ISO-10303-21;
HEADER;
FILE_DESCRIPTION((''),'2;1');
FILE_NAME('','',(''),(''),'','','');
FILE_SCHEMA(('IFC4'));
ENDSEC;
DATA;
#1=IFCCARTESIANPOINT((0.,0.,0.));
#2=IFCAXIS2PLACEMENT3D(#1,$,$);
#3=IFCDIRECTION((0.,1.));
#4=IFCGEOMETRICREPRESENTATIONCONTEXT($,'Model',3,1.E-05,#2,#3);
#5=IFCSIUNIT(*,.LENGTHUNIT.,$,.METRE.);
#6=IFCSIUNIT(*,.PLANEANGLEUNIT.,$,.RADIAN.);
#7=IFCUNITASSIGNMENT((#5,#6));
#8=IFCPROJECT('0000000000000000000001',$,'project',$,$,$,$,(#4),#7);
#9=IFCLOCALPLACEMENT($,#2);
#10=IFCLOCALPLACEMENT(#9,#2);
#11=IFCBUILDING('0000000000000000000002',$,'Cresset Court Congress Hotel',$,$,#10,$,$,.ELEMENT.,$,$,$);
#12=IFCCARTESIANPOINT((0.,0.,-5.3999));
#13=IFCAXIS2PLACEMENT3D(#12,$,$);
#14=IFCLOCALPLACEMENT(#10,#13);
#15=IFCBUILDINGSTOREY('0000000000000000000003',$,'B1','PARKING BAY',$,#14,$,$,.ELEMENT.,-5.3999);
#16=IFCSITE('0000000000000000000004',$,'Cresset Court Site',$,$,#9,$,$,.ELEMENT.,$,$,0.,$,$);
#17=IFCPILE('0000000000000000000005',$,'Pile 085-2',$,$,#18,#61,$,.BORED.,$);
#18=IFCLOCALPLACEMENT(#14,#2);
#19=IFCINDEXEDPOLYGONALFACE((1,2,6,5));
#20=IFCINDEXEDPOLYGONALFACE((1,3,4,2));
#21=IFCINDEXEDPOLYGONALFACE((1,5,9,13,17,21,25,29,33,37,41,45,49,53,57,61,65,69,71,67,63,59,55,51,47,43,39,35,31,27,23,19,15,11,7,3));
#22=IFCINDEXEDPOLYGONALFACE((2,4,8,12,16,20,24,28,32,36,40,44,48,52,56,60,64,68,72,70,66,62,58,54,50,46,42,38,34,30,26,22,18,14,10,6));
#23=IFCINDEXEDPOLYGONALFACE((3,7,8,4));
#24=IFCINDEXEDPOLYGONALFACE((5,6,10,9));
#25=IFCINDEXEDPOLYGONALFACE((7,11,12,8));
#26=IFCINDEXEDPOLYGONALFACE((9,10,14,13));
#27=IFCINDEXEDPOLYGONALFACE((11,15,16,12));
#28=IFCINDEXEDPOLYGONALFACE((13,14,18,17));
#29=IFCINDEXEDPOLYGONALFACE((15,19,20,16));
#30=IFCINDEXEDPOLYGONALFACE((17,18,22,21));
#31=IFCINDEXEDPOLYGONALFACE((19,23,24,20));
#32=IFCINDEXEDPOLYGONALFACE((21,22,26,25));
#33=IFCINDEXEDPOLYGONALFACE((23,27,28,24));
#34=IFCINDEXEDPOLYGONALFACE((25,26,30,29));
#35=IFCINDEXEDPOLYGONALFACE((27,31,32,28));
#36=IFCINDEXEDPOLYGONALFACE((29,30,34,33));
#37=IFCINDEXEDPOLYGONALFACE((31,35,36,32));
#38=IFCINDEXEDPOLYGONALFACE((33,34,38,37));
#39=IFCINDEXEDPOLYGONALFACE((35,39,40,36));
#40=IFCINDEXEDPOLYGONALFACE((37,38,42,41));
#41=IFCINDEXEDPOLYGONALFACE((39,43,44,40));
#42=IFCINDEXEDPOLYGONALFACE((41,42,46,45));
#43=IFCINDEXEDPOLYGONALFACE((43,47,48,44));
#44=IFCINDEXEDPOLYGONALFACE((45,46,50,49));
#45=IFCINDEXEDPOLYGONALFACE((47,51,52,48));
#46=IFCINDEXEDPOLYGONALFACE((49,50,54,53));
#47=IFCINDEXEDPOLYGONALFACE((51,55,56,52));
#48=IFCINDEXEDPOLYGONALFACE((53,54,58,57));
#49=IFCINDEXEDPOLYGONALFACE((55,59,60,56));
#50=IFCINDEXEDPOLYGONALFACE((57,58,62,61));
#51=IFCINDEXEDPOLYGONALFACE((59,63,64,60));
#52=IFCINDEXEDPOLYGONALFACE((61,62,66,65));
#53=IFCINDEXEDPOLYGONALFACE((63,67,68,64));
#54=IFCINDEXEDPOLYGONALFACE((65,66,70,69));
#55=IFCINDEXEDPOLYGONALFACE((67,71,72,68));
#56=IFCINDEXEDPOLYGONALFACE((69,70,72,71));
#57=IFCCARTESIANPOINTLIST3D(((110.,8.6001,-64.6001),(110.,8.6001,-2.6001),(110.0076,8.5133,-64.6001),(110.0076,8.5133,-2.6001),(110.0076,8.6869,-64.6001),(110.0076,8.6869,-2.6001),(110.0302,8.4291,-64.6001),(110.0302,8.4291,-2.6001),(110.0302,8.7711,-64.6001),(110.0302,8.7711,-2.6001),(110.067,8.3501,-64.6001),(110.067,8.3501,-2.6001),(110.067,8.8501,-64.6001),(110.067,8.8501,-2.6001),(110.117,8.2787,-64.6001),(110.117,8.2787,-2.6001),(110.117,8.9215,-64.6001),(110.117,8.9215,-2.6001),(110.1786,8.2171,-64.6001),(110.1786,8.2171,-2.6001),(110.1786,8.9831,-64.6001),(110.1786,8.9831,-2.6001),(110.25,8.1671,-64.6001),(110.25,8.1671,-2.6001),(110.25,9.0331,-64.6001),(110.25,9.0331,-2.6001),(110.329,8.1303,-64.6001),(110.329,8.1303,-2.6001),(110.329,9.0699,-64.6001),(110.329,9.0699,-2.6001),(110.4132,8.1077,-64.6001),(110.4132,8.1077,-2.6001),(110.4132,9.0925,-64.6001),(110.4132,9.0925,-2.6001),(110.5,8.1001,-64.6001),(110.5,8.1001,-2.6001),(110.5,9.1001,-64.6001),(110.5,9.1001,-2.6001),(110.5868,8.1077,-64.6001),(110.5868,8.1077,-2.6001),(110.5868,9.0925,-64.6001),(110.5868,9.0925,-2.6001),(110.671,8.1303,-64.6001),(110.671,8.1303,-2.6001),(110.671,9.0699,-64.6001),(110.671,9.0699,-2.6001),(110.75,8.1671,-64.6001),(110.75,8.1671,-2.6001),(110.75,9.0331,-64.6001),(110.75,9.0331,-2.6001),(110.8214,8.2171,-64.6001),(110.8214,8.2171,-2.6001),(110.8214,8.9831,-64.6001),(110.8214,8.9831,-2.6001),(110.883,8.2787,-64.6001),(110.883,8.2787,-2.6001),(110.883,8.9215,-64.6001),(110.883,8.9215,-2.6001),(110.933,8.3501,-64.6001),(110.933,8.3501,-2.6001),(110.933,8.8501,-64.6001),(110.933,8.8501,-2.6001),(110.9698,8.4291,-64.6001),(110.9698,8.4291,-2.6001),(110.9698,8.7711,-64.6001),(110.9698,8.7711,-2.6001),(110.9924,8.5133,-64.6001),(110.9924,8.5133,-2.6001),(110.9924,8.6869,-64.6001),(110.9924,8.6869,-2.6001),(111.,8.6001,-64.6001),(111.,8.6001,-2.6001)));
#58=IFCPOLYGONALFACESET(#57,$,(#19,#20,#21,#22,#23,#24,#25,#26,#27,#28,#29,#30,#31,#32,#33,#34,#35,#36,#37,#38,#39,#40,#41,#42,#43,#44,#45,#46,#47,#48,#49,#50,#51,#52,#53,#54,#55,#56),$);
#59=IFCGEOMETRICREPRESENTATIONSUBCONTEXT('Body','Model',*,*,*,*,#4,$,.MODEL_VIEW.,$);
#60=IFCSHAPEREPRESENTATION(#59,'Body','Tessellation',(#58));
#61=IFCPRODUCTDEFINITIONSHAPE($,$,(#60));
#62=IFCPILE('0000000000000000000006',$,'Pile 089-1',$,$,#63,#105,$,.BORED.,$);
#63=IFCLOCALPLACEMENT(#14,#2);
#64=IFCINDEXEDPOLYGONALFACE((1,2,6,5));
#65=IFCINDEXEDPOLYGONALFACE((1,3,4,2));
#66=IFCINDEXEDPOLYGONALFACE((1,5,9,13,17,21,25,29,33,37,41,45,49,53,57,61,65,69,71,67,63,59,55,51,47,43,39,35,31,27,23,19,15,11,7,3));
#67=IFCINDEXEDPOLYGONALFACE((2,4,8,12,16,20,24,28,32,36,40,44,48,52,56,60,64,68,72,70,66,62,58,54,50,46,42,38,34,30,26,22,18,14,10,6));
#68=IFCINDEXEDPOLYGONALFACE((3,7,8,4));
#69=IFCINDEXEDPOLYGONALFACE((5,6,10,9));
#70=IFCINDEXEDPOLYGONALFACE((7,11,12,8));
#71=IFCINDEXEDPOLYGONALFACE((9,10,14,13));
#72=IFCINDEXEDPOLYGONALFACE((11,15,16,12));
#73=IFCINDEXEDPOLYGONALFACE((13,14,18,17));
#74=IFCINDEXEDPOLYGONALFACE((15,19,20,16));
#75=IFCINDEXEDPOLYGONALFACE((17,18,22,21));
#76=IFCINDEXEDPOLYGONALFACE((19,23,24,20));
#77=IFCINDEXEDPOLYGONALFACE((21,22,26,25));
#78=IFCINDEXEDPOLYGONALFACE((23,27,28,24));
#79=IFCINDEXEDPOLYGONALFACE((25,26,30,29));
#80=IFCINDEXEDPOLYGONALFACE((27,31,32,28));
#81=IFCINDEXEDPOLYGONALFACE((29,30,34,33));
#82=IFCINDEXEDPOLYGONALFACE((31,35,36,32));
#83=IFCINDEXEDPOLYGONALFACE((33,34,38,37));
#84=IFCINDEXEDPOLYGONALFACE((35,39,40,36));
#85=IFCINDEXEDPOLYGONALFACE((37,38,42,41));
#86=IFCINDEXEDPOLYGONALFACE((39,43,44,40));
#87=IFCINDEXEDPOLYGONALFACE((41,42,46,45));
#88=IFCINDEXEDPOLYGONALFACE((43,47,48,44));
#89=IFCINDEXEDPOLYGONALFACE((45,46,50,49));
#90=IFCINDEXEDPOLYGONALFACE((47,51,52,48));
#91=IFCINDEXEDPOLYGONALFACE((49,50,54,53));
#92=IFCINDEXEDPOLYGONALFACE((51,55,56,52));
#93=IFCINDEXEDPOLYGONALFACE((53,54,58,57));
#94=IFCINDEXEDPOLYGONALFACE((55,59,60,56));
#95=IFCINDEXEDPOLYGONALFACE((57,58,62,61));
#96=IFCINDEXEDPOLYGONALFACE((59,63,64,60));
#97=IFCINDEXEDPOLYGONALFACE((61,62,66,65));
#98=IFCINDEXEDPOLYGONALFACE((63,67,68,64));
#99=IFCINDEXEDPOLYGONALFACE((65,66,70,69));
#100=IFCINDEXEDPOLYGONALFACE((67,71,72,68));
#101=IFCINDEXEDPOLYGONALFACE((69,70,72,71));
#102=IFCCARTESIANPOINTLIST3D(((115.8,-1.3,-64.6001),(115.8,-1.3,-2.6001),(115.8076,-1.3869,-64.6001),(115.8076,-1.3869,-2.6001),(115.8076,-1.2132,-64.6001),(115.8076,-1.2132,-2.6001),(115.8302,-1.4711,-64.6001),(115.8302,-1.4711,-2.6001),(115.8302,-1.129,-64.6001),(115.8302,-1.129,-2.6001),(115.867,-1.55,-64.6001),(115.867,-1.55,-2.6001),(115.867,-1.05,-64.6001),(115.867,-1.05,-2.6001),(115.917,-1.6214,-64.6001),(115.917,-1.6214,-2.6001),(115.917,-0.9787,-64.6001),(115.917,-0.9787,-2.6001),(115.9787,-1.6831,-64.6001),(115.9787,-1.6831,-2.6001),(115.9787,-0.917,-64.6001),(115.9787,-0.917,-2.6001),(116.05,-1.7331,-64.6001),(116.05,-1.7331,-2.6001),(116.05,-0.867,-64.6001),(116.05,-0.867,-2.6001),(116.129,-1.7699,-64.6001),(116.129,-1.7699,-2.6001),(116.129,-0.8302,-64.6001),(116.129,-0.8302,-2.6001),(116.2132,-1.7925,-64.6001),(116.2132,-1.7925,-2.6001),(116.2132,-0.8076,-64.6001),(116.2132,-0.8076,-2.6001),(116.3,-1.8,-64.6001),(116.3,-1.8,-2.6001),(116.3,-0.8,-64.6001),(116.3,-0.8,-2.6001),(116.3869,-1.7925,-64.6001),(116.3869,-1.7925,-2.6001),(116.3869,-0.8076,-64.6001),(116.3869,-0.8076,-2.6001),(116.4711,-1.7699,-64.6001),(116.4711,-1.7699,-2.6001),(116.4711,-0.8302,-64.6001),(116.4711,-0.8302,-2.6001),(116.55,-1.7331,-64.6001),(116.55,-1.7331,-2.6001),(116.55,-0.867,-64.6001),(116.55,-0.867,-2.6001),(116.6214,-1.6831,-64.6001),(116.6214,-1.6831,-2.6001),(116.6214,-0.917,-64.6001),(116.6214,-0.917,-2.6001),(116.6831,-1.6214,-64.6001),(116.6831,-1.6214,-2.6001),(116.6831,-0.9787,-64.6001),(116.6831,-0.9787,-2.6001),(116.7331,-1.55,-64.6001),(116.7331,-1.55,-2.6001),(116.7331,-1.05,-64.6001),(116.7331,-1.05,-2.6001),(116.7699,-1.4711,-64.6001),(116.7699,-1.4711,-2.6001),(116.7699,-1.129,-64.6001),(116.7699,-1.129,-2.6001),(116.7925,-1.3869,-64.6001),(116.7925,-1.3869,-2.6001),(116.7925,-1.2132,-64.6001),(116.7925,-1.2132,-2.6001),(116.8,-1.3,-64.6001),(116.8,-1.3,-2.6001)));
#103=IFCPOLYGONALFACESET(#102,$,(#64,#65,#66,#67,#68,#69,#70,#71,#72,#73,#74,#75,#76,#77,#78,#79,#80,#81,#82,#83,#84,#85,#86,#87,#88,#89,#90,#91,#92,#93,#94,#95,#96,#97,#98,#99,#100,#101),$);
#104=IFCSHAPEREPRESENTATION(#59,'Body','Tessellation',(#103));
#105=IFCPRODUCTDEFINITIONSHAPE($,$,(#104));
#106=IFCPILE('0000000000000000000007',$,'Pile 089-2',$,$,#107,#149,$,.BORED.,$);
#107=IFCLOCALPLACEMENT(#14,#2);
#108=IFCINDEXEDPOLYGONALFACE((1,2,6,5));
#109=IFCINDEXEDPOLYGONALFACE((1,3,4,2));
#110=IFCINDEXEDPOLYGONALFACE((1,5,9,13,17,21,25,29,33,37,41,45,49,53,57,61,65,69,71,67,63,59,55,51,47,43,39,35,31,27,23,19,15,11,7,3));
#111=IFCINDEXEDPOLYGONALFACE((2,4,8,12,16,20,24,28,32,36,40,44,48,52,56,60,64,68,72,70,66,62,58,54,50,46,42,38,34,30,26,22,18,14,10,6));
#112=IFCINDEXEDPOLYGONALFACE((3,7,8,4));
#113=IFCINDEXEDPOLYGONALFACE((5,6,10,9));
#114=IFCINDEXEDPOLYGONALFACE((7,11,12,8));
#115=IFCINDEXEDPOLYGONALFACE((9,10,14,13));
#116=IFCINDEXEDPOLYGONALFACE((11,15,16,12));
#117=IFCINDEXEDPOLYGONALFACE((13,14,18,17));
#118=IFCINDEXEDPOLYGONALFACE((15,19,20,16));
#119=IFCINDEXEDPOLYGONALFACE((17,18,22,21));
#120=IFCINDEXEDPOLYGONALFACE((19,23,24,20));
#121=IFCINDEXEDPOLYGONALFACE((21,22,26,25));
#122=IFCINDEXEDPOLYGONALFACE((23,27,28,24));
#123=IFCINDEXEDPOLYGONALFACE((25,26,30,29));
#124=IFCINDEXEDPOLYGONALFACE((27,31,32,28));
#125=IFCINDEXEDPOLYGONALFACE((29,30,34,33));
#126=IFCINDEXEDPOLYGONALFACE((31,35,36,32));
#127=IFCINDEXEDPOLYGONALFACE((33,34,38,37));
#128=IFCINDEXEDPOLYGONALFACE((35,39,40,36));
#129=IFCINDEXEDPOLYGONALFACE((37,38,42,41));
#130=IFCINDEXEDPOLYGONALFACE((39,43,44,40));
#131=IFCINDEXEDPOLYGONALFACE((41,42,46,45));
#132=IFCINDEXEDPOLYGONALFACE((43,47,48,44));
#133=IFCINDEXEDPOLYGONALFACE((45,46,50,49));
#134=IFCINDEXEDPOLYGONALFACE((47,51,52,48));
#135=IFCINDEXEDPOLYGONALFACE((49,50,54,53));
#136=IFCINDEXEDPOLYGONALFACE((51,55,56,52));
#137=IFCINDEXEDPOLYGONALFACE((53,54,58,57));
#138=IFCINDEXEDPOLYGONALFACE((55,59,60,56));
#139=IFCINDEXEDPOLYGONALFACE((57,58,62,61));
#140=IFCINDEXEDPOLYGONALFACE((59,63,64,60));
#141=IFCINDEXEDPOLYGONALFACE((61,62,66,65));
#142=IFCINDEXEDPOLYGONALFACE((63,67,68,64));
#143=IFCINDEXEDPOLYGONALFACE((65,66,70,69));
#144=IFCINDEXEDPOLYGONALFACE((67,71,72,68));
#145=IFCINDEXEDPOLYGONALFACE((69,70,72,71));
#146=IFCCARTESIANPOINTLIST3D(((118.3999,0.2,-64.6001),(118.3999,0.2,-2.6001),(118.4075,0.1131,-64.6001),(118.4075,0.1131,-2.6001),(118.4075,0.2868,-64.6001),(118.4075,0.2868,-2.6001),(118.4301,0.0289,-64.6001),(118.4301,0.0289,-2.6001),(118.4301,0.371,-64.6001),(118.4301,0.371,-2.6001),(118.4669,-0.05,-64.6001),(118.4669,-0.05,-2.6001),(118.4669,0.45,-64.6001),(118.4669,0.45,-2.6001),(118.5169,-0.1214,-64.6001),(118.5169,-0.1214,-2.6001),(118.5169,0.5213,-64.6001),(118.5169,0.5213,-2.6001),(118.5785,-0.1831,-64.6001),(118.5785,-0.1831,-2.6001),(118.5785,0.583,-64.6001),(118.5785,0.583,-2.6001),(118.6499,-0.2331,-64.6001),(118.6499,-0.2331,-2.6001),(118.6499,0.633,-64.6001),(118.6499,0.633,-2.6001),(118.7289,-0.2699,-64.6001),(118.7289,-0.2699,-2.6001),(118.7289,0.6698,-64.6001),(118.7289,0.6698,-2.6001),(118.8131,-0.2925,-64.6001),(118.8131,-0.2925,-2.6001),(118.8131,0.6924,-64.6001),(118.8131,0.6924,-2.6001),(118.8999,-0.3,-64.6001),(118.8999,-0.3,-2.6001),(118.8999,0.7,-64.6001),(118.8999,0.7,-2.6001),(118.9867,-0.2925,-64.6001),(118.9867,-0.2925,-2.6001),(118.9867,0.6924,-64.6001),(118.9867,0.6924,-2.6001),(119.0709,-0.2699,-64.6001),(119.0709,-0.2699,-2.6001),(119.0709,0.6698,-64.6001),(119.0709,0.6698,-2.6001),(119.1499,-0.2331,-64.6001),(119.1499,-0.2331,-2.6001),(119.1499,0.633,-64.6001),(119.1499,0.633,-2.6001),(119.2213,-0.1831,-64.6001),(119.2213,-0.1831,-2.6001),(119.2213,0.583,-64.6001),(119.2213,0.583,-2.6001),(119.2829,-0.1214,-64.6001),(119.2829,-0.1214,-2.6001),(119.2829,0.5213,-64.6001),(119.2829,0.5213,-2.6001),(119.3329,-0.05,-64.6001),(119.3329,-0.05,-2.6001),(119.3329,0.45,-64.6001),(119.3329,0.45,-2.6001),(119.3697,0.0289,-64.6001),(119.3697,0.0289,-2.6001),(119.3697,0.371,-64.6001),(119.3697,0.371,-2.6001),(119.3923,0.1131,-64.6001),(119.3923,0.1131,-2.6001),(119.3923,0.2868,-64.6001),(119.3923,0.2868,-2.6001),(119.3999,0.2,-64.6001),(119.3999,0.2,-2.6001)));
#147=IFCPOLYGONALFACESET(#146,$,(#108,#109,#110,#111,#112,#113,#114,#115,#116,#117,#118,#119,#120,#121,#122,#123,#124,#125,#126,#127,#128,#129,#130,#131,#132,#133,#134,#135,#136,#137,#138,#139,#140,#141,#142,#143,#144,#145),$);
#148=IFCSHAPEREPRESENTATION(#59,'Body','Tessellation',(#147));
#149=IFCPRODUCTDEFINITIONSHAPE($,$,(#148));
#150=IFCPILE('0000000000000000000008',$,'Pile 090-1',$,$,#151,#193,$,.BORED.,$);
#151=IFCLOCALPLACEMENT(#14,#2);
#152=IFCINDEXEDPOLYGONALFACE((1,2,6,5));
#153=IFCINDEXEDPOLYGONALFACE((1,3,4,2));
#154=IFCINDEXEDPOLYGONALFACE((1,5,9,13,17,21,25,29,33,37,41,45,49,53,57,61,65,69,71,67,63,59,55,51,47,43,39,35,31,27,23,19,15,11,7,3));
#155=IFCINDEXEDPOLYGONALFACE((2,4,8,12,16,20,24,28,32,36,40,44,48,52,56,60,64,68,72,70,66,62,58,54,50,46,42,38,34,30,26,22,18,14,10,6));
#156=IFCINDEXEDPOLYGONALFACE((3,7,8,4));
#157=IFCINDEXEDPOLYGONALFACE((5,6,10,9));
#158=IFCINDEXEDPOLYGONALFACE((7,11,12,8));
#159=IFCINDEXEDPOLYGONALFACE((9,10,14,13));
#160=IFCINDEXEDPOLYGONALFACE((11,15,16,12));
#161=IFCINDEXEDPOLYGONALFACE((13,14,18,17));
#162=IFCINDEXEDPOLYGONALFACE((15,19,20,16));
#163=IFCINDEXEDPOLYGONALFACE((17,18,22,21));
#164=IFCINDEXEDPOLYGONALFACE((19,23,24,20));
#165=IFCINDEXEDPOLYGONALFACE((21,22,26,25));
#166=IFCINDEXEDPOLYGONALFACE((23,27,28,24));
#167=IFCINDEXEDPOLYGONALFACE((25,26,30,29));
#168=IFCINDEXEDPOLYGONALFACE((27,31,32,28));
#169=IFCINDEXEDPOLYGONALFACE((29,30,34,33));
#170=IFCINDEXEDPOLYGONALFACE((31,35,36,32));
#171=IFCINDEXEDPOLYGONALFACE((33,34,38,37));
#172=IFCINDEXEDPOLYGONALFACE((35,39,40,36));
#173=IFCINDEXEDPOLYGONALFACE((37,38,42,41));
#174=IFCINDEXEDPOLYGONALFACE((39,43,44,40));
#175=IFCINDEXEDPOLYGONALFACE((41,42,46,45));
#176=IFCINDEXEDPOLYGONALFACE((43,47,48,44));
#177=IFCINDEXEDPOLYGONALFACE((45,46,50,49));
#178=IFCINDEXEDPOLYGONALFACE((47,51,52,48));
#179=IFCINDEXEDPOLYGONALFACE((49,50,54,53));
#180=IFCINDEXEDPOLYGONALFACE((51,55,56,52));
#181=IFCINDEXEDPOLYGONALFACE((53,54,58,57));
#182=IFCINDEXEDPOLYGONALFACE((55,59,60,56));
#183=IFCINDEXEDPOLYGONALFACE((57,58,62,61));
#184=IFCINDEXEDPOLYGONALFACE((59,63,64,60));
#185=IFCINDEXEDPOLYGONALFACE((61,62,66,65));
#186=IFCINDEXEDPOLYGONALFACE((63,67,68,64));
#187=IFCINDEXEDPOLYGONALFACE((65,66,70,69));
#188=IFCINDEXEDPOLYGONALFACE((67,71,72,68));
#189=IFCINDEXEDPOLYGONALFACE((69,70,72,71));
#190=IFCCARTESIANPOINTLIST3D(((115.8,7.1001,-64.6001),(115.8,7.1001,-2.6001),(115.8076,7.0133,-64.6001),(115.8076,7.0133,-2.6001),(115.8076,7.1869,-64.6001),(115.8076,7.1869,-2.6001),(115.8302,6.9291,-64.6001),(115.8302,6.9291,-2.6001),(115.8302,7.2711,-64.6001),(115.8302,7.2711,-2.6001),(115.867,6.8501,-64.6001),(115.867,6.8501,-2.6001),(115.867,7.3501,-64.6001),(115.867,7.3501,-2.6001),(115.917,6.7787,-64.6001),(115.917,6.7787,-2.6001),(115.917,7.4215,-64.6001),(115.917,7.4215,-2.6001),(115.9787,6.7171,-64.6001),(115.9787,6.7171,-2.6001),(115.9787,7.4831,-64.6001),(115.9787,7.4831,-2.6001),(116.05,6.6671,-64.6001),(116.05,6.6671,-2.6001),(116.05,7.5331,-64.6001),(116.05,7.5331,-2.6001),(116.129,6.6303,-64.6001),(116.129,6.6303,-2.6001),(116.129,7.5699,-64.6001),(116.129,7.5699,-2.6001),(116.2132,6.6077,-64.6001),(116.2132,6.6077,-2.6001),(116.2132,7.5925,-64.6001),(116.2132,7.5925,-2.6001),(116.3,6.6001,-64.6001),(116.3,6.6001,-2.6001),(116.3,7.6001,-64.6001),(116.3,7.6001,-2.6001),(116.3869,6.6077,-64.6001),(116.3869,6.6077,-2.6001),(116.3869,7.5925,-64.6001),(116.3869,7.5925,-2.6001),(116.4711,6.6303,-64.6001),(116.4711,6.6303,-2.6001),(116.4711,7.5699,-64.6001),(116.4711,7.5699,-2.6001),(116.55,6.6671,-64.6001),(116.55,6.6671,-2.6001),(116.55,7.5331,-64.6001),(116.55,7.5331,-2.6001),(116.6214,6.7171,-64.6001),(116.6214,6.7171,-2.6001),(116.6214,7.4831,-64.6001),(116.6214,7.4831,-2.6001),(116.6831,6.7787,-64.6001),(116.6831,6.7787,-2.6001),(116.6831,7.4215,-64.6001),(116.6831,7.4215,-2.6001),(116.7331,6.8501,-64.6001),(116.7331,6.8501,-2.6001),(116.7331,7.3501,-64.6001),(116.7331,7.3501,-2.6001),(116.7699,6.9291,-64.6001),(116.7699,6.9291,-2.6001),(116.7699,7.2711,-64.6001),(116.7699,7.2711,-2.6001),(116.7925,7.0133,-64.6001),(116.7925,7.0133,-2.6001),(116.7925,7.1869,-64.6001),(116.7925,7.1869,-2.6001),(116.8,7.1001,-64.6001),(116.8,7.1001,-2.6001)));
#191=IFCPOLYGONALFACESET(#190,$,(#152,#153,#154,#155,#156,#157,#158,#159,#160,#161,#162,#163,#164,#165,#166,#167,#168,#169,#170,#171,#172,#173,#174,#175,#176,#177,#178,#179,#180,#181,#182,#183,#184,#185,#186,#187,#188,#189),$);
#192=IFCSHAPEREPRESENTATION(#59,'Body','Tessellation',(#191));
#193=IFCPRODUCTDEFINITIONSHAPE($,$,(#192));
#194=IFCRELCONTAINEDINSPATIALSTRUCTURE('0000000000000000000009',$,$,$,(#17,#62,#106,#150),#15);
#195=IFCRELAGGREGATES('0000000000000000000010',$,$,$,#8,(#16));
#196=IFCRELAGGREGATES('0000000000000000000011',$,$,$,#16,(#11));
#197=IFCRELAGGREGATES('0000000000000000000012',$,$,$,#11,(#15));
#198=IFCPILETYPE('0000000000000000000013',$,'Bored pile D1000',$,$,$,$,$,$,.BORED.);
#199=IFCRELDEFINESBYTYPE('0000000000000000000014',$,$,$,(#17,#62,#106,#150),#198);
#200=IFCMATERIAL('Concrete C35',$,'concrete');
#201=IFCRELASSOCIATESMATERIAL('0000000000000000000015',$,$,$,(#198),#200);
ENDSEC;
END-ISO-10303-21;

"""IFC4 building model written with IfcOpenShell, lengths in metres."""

from ifc_helpers import new_model, si_unit, direction, frame, origin, origin_2d, place, context, subcontext, project, spatial, circle, extrude, material, type_object, element, save


model = new_model("IFC4")

# Units and contexts
model_context = context("Model", 3, precision=1e-05, world=origin(), true_north=direction((0.0, 1.0)))
body_context = subcontext(model_context, "Body", "Model", "MODEL_VIEW")
ifc_project = project(units=[si_unit("LENGTHUNIT", "METRE"), si_unit("PLANEANGLEUNIT", "RADIAN")], contexts=[model_context])

# Site, building, storey
site_placement = place(None, origin())
site = spatial("IfcSite", under=ifc_project, at=site_placement, Name="Cresset Court Site", CompositionType="ELEMENT", RefElevation=0.0)
building_placement = place(site_placement, origin())
building = spatial("IfcBuilding", under=site, at=building_placement, Name="Cresset Court Congress Hotel", CompositionType="ELEMENT")
storey_placement = place(building_placement, frame((0.0, 0.0, -5.3999)))
storey = spatial("IfcBuildingStorey", under=building, at=storey_placement, Name="B1", Description="PARKING BAY", CompositionType="ELEMENT", Elevation=-5.3999)

# Piles
ifc_material_1 = material(Name="Concrete C35", Category="concrete")
pile_type = type_object("IfcPileType", Name="Bored pile D1000", PredefinedType="BORED", material=ifc_material_1)
for number, where, z_axis, x_axis, name in (
    (1, (110.5, 8.6001, -2.6001), (0.0, 0.0, -1.0), (1.0, 0.0, 0.0), "Pile 085-2"),
    (2, (116.3, -1.3, -2.6001), (0.0, 0.0, -1.0), (1.0, 0.0, 0.0), "Pile 089-1"),
    (3, (118.8999, 0.2, -2.6001), (0.0, 0.0, -1.0), (1.0, 0.0, 0.0), "Pile 089-2"),
    (4, (116.3, 7.1001, -2.6001), (0.0, 0.0, -1.0), (1.0, 0.0, 0.0), "Pile 090-1"),
):
    element("IfcPile", number, at=place(storey_placement, frame(where, z_axis=z_axis, x_axis=x_axis)), inside=storey, type_object=pile_type, Name=name, PredefinedType="BORED", context=body_context, shape_type="SweptSolid", body=[
        extrude(circle(Radius=0.5, at=origin_2d()), origin(), (0.0, 0.0, 1.0), 62.0),
    ])

save(model, "model.ifc")
